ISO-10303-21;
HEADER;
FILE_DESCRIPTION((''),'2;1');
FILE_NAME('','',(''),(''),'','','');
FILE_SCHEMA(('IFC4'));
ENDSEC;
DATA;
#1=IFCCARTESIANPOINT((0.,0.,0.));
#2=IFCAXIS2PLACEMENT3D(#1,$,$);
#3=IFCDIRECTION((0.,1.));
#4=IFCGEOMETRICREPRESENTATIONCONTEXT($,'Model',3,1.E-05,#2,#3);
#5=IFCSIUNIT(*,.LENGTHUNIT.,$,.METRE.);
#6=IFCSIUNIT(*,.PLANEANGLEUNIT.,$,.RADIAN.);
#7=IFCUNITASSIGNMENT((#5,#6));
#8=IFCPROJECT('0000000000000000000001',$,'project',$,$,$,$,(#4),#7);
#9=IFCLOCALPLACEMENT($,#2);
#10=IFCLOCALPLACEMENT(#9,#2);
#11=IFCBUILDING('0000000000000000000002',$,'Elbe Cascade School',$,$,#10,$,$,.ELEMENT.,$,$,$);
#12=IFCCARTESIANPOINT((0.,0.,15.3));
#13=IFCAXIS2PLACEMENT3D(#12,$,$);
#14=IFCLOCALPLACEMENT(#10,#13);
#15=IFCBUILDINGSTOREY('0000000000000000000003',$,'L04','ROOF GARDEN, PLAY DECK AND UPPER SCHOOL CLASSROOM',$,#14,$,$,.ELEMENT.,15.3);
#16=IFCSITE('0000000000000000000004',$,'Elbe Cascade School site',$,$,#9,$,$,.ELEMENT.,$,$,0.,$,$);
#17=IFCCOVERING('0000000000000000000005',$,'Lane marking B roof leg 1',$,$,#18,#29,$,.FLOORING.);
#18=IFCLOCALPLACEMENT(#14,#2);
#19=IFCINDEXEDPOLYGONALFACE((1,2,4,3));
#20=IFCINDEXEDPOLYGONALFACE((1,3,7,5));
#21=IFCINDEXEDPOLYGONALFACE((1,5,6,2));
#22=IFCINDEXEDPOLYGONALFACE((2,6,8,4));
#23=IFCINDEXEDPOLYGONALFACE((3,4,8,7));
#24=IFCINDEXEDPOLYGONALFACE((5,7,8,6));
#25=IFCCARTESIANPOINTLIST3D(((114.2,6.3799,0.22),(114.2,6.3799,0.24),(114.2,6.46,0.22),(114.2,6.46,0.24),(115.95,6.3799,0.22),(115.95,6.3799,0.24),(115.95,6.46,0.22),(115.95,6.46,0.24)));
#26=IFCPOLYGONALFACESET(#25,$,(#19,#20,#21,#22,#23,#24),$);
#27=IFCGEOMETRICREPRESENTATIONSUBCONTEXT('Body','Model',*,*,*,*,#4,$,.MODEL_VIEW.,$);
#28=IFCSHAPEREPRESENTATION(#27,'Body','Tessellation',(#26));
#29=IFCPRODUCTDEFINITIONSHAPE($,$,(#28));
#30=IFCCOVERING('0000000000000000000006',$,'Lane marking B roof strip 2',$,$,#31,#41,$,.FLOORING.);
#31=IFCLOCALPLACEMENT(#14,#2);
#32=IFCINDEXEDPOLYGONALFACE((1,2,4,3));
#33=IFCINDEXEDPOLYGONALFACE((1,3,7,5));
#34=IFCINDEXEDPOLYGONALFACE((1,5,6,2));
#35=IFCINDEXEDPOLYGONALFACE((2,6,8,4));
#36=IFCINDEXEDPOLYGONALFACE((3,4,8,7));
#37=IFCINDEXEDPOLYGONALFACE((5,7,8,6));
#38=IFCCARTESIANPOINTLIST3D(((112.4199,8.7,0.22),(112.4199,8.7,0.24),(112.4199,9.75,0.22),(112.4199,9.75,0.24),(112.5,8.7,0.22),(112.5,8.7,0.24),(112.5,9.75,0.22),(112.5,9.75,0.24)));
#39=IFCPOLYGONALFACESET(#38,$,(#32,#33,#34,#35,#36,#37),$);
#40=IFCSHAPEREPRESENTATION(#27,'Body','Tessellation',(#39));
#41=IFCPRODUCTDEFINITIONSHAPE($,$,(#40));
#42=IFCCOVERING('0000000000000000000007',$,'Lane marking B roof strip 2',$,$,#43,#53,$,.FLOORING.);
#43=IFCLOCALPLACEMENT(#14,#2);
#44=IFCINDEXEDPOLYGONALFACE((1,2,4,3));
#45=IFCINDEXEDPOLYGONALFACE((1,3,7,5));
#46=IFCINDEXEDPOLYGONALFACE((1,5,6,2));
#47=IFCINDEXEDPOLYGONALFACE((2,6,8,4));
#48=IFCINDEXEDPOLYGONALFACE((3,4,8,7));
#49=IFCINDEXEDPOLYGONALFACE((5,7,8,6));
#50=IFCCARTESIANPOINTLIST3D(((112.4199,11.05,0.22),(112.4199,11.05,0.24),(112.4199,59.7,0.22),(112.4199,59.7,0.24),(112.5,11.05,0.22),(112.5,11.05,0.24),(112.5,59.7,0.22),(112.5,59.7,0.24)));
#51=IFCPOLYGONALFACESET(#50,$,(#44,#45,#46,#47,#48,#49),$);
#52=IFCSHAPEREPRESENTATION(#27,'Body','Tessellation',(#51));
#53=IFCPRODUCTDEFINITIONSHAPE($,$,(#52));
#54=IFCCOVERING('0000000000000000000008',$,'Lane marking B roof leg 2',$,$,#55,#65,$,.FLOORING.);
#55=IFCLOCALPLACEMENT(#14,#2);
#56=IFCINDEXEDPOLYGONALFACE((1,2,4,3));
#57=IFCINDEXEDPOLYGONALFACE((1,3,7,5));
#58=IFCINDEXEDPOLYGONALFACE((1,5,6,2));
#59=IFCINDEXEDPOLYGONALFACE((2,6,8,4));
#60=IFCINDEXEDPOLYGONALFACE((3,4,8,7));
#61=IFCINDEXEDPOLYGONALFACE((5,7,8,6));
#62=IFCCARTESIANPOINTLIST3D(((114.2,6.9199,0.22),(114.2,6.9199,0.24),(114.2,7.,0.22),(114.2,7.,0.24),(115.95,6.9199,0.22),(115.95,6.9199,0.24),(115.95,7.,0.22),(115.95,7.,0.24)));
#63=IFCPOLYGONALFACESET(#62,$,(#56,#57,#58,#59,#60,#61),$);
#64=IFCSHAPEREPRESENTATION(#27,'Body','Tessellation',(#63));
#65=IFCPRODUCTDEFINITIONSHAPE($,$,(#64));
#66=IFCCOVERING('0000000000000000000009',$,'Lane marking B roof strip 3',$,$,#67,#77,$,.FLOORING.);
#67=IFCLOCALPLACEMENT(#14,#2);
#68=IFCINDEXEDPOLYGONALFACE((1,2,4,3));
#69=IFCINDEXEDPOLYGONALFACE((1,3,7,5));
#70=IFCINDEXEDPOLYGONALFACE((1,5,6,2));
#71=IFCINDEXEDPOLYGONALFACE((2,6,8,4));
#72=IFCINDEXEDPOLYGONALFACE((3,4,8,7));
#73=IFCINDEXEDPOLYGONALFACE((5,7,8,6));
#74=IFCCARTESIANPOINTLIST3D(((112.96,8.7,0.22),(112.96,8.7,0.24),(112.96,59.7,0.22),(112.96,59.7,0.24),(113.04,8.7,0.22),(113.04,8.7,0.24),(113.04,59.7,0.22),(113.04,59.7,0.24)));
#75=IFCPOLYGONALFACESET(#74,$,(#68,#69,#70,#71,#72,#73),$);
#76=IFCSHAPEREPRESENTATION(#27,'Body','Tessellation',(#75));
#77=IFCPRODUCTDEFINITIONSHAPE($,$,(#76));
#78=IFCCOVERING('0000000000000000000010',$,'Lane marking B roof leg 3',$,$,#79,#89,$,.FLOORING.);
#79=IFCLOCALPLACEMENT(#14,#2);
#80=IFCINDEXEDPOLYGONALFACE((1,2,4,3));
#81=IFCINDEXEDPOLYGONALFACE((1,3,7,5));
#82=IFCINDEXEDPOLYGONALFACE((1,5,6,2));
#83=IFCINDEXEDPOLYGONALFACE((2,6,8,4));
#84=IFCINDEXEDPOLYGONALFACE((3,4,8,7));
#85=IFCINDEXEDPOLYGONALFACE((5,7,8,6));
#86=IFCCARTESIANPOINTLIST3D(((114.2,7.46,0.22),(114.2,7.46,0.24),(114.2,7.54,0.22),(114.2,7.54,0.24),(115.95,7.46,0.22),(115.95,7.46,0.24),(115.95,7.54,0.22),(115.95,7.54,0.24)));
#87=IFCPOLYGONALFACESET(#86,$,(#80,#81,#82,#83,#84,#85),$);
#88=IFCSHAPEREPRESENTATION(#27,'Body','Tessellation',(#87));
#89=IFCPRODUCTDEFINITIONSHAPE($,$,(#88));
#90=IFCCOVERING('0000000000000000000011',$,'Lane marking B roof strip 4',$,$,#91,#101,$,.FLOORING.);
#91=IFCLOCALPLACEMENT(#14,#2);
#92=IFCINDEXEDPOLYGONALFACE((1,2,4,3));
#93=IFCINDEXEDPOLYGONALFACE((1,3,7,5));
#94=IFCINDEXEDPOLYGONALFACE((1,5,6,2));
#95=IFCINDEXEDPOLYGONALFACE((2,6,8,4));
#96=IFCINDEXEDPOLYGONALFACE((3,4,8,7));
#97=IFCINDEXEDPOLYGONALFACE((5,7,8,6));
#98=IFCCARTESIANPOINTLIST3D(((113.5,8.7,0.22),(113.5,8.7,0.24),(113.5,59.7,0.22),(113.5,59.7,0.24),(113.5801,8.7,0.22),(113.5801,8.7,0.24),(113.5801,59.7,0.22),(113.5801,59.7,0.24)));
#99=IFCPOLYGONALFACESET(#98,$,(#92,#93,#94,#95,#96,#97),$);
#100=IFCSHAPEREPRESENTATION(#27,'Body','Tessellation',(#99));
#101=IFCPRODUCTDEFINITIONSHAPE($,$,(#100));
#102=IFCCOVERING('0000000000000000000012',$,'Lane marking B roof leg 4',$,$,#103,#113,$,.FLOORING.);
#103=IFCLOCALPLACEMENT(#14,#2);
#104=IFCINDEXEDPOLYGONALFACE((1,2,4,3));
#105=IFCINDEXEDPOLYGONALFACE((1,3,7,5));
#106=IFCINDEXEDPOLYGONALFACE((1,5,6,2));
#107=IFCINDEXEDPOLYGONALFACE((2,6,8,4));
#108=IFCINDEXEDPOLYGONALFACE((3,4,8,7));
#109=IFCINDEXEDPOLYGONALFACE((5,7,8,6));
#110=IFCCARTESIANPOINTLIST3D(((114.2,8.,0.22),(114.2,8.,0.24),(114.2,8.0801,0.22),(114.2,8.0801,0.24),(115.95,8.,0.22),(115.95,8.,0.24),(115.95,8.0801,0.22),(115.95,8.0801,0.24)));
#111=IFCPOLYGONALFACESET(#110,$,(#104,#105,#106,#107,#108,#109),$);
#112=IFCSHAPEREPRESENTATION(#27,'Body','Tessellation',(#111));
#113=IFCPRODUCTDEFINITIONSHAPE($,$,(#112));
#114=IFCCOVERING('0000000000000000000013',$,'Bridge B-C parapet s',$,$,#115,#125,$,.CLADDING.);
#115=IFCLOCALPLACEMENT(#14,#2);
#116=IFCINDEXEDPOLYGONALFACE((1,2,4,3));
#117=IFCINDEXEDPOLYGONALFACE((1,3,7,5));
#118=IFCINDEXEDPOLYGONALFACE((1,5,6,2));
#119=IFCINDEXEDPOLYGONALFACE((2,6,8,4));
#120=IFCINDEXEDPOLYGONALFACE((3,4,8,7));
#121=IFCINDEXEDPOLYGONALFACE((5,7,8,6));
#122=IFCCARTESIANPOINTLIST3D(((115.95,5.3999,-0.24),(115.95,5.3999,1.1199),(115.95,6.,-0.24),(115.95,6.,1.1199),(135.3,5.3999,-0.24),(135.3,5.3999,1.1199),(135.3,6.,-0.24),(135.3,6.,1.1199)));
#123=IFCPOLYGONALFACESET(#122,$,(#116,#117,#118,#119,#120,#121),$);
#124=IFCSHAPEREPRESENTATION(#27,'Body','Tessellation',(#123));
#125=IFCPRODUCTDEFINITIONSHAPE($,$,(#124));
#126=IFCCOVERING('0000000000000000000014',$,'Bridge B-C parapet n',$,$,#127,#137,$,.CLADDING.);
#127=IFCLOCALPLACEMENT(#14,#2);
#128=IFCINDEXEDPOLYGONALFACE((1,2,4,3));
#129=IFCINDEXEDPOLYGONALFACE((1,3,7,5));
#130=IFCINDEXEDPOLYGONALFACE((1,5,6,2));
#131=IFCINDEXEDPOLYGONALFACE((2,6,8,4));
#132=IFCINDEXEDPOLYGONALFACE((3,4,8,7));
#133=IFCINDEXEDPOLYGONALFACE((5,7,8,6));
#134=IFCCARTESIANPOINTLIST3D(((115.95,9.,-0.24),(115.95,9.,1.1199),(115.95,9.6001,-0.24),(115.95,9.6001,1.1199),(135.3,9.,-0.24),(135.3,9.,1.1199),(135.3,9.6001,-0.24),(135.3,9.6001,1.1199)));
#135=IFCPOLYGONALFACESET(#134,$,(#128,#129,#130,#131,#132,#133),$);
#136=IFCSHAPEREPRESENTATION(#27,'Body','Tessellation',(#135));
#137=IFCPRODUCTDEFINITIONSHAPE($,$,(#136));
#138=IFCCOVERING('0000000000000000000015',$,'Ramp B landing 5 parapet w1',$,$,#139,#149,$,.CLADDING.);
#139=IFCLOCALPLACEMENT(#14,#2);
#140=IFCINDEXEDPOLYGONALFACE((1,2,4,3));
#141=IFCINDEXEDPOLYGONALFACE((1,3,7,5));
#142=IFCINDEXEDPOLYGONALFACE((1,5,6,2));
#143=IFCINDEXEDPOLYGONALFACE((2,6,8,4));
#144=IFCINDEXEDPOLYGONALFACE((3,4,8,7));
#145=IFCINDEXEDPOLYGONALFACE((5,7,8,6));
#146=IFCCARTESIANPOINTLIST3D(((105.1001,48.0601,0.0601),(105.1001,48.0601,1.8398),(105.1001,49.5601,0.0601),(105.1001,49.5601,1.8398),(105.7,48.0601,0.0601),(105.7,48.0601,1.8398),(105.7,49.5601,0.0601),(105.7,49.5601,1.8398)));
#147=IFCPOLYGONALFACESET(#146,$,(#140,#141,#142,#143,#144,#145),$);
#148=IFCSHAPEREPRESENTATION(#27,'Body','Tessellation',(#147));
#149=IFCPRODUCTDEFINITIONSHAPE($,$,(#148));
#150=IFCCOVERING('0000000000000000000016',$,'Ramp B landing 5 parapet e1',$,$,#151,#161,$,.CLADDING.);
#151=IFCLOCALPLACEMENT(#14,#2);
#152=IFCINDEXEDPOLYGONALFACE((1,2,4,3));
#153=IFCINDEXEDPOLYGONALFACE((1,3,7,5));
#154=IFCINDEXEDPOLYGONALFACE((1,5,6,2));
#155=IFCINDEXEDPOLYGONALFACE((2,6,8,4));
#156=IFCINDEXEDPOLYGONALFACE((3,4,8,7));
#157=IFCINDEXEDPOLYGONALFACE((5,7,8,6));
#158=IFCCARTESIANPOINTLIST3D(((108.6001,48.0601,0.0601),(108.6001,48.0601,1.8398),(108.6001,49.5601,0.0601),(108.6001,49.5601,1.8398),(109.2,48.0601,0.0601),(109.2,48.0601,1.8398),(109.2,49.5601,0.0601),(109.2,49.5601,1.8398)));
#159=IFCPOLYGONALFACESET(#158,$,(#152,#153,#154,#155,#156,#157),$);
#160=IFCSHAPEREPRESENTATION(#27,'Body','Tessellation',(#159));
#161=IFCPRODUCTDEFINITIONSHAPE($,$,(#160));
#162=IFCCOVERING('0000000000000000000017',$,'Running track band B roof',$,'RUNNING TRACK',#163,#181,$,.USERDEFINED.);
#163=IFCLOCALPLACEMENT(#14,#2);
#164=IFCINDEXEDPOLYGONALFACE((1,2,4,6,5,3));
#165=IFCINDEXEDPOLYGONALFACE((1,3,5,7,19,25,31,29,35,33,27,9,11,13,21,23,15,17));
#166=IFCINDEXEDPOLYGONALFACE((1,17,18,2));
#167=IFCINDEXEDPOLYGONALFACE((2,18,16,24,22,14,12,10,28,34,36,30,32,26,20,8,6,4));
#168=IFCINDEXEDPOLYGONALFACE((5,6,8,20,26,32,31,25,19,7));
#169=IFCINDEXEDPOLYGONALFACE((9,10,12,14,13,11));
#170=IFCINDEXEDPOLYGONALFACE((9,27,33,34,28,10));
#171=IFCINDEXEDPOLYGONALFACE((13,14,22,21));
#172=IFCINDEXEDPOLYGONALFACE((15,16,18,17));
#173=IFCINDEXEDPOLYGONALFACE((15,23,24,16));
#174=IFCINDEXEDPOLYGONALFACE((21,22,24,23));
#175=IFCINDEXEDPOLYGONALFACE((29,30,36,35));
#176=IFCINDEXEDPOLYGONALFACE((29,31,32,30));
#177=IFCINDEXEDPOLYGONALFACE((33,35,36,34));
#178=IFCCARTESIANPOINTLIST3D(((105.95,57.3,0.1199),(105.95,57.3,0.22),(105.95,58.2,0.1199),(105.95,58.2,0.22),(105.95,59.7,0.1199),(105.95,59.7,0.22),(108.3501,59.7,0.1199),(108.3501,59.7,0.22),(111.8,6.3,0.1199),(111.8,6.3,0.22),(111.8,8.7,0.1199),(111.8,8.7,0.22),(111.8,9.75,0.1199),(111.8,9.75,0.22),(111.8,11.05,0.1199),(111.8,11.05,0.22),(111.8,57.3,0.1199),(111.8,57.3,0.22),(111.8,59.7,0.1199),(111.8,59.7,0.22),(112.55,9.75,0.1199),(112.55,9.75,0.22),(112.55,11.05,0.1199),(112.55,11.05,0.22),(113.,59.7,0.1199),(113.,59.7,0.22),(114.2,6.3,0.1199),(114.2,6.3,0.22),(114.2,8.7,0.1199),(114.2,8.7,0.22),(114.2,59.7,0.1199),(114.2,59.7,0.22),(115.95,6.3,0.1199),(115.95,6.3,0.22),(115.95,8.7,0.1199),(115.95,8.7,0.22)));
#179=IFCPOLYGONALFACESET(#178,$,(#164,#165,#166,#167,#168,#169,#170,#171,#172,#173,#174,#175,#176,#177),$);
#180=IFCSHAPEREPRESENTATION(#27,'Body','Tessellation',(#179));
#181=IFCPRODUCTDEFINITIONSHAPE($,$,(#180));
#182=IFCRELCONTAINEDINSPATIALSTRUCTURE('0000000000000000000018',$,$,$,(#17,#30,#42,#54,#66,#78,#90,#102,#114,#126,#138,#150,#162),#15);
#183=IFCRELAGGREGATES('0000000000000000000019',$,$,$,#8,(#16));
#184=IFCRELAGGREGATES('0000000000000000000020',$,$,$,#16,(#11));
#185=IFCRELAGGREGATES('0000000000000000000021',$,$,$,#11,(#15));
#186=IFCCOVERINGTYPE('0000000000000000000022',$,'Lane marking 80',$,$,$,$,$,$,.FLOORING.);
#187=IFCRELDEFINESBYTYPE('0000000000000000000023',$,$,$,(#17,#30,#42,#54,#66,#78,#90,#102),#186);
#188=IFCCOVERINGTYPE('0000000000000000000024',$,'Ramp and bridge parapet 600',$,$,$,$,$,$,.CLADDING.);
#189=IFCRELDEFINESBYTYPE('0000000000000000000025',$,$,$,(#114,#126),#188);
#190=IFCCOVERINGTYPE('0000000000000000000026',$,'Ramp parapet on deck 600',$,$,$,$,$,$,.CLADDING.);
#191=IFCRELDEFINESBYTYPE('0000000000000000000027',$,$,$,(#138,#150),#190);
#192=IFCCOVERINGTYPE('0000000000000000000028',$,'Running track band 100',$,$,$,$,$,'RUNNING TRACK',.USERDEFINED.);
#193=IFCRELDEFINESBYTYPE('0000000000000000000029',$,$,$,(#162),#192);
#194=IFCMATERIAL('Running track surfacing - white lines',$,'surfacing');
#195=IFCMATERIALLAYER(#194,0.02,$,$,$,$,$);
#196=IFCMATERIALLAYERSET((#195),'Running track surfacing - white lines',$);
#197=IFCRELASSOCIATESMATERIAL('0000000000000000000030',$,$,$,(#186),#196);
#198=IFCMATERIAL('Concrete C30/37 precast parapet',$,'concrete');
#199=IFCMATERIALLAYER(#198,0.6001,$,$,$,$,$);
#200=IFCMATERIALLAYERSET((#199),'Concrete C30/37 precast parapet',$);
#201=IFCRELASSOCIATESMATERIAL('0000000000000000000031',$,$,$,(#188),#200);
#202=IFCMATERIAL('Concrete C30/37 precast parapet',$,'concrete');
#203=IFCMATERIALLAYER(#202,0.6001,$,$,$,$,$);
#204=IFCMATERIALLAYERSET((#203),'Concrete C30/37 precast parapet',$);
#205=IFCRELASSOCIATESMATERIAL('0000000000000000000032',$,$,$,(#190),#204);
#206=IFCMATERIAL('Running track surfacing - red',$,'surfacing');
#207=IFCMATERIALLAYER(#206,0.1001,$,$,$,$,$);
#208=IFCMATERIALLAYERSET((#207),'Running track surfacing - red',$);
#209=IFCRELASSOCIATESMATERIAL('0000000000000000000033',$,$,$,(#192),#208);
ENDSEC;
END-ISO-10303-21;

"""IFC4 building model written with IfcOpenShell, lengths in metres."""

from ifc_helpers import new_model, si_unit, direction, frame, origin, place, context, subcontext, project, spatial, polyline, outline, extrude, material, layer, layer_set, type_object, element, save


model = new_model("IFC4")

# Units and contexts
model_context = context("Model", 3, precision=1e-05, world=origin(), true_north=direction((0.0, 1.0)))
body_context = subcontext(model_context, "Body", "Model", "MODEL_VIEW")
ifc_project = project(units=[si_unit("LENGTHUNIT", "METRE"), si_unit("PLANEANGLEUNIT", "RADIAN")], contexts=[model_context])

# Site, building, storey
site_placement = place(None, origin())
site = spatial("IfcSite", under=ifc_project, at=site_placement, Name="Elbe Cascade School site", CompositionType="ELEMENT", RefElevation=0.0)
building_placement = place(site_placement, origin())
building = spatial("IfcBuilding", under=site, at=building_placement, Name="Elbe Cascade School", CompositionType="ELEMENT")
storey_placement = place(building_placement, frame((0.0, 0.0, 15.3)))
storey = spatial("IfcBuildingStorey", under=building, at=storey_placement, Name="L04", Description="ROOF GARDEN, PLAY DECK AND UPPER SCHOOL CLASSROOM", CompositionType="ELEMENT", Elevation=15.3)

# Coverings
ifc_material_1 = material(Name="Running track surfacing - white lines", Category="surfacing")
ifc_layer_1 = layer(ifc_material_1, 0.02)
ifc_layer_set_1 = layer_set([ifc_layer_1], Name="Running track surfacing - white lines")
covering_type_1 = type_object("IfcCoveringType", Name="Lane marking 80", PredefinedType="FLOORING", material=ifc_layer_set_1)
covering_1_placement = place(storey_placement, frame((0.0, 0.0, 0.22)))
element("IfcCovering", 1, at=covering_1_placement, inside=storey, type_object=covering_type_1, Name="Lane marking B roof leg 1", PredefinedType="FLOORING", context=body_context, shape_type="SweptSolid", body=[
    extrude(outline(polyline([(114.2, 6.3799), (115.95, 6.3799), (115.95, 6.46), (114.2, 6.46), (114.2, 6.3799)])), origin(), (0.0, 0.0, 1.0), 0.02),
])
covering_2_placement = place(storey_placement, frame((0.0, 0.0, 0.22)))
element("IfcCovering", 2, at=covering_2_placement, inside=storey, type_object=covering_type_1, Name="Lane marking B roof strip 2", PredefinedType="FLOORING", context=body_context, shape_type="SweptSolid", body=[
    extrude(outline(polyline([(112.5, 8.7), (112.4199, 8.7), (112.4199, 9.75), (112.5, 9.75), (112.5, 8.7)])), origin(), (0.0, 0.0, 1.0), 0.02),
])
covering_3_placement = place(storey_placement, frame((0.0, 0.0, 0.22)))
element("IfcCovering", 3, at=covering_3_placement, inside=storey, type_object=covering_type_1, Name="Lane marking B roof strip 2", PredefinedType="FLOORING", context=body_context, shape_type="SweptSolid", body=[
    extrude(outline(polyline([(112.4199, 59.7), (112.5, 59.7), (112.5, 11.05), (112.4199, 11.05), (112.4199, 59.7)])), origin(), (0.0, 0.0, 1.0), 0.02),
])
covering_4_placement = place(storey_placement, frame((0.0, 0.0, 0.22)))
element("IfcCovering", 4, at=covering_4_placement, inside=storey, type_object=covering_type_1, Name="Lane marking B roof leg 2", PredefinedType="FLOORING", context=body_context, shape_type="SweptSolid", body=[
    extrude(outline(polyline([(114.2, 6.9199), (115.95, 6.9199), (115.95, 7.0), (114.2, 7.0), (114.2, 6.9199)])), origin(), (0.0, 0.0, 1.0), 0.02),
])
covering_5_placement = place(storey_placement, frame((0.0, 0.0, 0.22)))
element("IfcCovering", 5, at=covering_5_placement, inside=storey, type_object=covering_type_1, Name="Lane marking B roof strip 3", PredefinedType="FLOORING", context=body_context, shape_type="SweptSolid", body=[
    extrude(outline(polyline([(112.96, 59.7), (113.04, 59.7), (113.04, 8.7), (112.96, 8.7), (112.96, 59.7)])), origin(), (0.0, 0.0, 1.0), 0.02),
])
covering_6_placement = place(storey_placement, frame((0.0, 0.0, 0.22)))
element("IfcCovering", 6, at=covering_6_placement, inside=storey, type_object=covering_type_1, Name="Lane marking B roof leg 3", PredefinedType="FLOORING", context=body_context, shape_type="SweptSolid", body=[
    extrude(outline(polyline([(114.2, 7.46), (115.95, 7.46), (115.95, 7.54), (114.2, 7.54), (114.2, 7.46)])), origin(), (0.0, 0.0, 1.0), 0.02),
])
covering_7_placement = place(storey_placement, frame((0.0, 0.0, 0.22)))
element("IfcCovering", 7, at=covering_7_placement, inside=storey, type_object=covering_type_1, Name="Lane marking B roof strip 4", PredefinedType="FLOORING", context=body_context, shape_type="SweptSolid", body=[
    extrude(outline(polyline([(113.5, 59.7), (113.5801, 59.7), (113.5801, 8.7), (113.5, 8.7), (113.5, 59.7)])), origin(), (0.0, 0.0, 1.0), 0.02),
])
covering_8_placement = place(storey_placement, frame((0.0, 0.0, 0.22)))
element("IfcCovering", 8, at=covering_8_placement, inside=storey, type_object=covering_type_1, Name="Lane marking B roof leg 4", PredefinedType="FLOORING", context=body_context, shape_type="SweptSolid", body=[
    extrude(outline(polyline([(114.2, 8.0), (115.95, 8.0), (115.95, 8.0801), (114.2, 8.0801), (114.2, 8.0)])), origin(), (0.0, 0.0, 1.0), 0.02),
])
ifc_material_2 = material(Name="Concrete C30/37 precast parapet", Category="concrete")
ifc_layer_2 = layer(ifc_material_2, 0.6001)
ifc_layer_set_2 = layer_set([ifc_layer_2], Name="Concrete C30/37 precast parapet")
covering_type_2 = type_object("IfcCoveringType", Name="Ramp and bridge parapet 600", PredefinedType="CLADDING", material=ifc_layer_set_2)
covering_9_placement = place(storey_placement, frame((0.0, 0.0, -0.24)))
element("IfcCovering", 9, at=covering_9_placement, inside=storey, type_object=covering_type_2, Name="Bridge B-C parapet s", PredefinedType="CLADDING", context=body_context, shape_type="SweptSolid", body=[
    extrude(outline(polyline([(115.95, 5.3999), (135.3, 5.3999), (135.3, 6.0), (115.95, 6.0), (115.95, 5.3999)])), origin(), (0.0, 0.0, 1.0), 1.3599),
])
covering_10_placement = place(storey_placement, frame((0.0, 0.0, -0.24)))
element("IfcCovering", 10, at=covering_10_placement, inside=storey, type_object=covering_type_2, Name="Bridge B-C parapet n", PredefinedType="CLADDING", context=body_context, shape_type="SweptSolid", body=[
    extrude(outline(polyline([(115.95, 9.0), (135.3, 9.0), (135.3, 9.6001), (115.95, 9.6001), (115.95, 9.0)])), origin(), (0.0, 0.0, 1.0), 1.3599),
])
ifc_material_3 = material(Name="Concrete C30/37 precast parapet", Category="concrete")
ifc_layer_3 = layer(ifc_material_3, 0.6001)
ifc_layer_set_3 = layer_set([ifc_layer_3], Name="Concrete C30/37 precast parapet")
covering_type_3 = type_object("IfcCoveringType", Name="Ramp parapet on deck 600", PredefinedType="CLADDING", material=ifc_layer_set_3)
covering_11_placement = place(storey_placement, frame((0.0, 0.0, 0.0601)))
element("IfcCovering", 11, at=covering_11_placement, inside=storey, type_object=covering_type_3, Name="Ramp B landing 5 parapet w1", PredefinedType="CLADDING", context=body_context, shape_type="SweptSolid", body=[
    extrude(outline(polyline([(105.1001, 48.0601), (105.7, 48.0601), (105.7, 49.5601), (105.1001, 49.5601), (105.1001, 48.0601)])), origin(), (0.0, 0.0, 1.0), 1.7798),
])
covering_12_placement = place(storey_placement, frame((0.0, 0.0, 0.0601)))
element("IfcCovering", 12, at=covering_12_placement, inside=storey, type_object=covering_type_3, Name="Ramp B landing 5 parapet e1", PredefinedType="CLADDING", context=body_context, shape_type="SweptSolid", body=[
    extrude(outline(polyline([(108.6001, 48.0601), (109.2, 48.0601), (109.2, 49.5601), (108.6001, 49.5601), (108.6001, 48.0601)])), origin(), (0.0, 0.0, 1.0), 1.7798),
])
ifc_material_4 = material(Name="Running track surfacing - red", Category="surfacing")
ifc_layer_4 = layer(ifc_material_4, 0.1001)
ifc_layer_set_4 = layer_set([ifc_layer_4], Name="Running track surfacing - red")
covering_type_4 = type_object("IfcCoveringType", Name="Running track band 100", ElementType="RUNNING TRACK", PredefinedType="USERDEFINED", material=ifc_layer_set_4)
covering_13_placement = place(storey_placement, frame((0.0, 0.0, 0.1199)))
element("IfcCovering", 13, at=covering_13_placement, inside=storey, type_object=covering_type_4, Name="Running track band B roof", ObjectType="RUNNING TRACK", PredefinedType="USERDEFINED", context=body_context, shape_type="SweptSolid", body=[
    extrude(outline(polyline([(114.2, 6.3), (111.8, 6.3), (111.8, 8.7), (111.8, 9.75), (112.55, 9.75), (112.55, 11.05), (111.8, 11.05), (111.8, 57.3), (105.95, 57.3), (105.95, 58.2), (105.95, 59.7), (108.3501, 59.7), (111.8, 59.7), (113.0, 59.7), (114.2, 59.7), (114.2, 8.7), (115.95, 8.7), (115.95, 6.3), (114.2, 6.3)])), origin(), (0.0, 0.0, 1.0), 0.1001),
])

save(model, "model.ifc")
